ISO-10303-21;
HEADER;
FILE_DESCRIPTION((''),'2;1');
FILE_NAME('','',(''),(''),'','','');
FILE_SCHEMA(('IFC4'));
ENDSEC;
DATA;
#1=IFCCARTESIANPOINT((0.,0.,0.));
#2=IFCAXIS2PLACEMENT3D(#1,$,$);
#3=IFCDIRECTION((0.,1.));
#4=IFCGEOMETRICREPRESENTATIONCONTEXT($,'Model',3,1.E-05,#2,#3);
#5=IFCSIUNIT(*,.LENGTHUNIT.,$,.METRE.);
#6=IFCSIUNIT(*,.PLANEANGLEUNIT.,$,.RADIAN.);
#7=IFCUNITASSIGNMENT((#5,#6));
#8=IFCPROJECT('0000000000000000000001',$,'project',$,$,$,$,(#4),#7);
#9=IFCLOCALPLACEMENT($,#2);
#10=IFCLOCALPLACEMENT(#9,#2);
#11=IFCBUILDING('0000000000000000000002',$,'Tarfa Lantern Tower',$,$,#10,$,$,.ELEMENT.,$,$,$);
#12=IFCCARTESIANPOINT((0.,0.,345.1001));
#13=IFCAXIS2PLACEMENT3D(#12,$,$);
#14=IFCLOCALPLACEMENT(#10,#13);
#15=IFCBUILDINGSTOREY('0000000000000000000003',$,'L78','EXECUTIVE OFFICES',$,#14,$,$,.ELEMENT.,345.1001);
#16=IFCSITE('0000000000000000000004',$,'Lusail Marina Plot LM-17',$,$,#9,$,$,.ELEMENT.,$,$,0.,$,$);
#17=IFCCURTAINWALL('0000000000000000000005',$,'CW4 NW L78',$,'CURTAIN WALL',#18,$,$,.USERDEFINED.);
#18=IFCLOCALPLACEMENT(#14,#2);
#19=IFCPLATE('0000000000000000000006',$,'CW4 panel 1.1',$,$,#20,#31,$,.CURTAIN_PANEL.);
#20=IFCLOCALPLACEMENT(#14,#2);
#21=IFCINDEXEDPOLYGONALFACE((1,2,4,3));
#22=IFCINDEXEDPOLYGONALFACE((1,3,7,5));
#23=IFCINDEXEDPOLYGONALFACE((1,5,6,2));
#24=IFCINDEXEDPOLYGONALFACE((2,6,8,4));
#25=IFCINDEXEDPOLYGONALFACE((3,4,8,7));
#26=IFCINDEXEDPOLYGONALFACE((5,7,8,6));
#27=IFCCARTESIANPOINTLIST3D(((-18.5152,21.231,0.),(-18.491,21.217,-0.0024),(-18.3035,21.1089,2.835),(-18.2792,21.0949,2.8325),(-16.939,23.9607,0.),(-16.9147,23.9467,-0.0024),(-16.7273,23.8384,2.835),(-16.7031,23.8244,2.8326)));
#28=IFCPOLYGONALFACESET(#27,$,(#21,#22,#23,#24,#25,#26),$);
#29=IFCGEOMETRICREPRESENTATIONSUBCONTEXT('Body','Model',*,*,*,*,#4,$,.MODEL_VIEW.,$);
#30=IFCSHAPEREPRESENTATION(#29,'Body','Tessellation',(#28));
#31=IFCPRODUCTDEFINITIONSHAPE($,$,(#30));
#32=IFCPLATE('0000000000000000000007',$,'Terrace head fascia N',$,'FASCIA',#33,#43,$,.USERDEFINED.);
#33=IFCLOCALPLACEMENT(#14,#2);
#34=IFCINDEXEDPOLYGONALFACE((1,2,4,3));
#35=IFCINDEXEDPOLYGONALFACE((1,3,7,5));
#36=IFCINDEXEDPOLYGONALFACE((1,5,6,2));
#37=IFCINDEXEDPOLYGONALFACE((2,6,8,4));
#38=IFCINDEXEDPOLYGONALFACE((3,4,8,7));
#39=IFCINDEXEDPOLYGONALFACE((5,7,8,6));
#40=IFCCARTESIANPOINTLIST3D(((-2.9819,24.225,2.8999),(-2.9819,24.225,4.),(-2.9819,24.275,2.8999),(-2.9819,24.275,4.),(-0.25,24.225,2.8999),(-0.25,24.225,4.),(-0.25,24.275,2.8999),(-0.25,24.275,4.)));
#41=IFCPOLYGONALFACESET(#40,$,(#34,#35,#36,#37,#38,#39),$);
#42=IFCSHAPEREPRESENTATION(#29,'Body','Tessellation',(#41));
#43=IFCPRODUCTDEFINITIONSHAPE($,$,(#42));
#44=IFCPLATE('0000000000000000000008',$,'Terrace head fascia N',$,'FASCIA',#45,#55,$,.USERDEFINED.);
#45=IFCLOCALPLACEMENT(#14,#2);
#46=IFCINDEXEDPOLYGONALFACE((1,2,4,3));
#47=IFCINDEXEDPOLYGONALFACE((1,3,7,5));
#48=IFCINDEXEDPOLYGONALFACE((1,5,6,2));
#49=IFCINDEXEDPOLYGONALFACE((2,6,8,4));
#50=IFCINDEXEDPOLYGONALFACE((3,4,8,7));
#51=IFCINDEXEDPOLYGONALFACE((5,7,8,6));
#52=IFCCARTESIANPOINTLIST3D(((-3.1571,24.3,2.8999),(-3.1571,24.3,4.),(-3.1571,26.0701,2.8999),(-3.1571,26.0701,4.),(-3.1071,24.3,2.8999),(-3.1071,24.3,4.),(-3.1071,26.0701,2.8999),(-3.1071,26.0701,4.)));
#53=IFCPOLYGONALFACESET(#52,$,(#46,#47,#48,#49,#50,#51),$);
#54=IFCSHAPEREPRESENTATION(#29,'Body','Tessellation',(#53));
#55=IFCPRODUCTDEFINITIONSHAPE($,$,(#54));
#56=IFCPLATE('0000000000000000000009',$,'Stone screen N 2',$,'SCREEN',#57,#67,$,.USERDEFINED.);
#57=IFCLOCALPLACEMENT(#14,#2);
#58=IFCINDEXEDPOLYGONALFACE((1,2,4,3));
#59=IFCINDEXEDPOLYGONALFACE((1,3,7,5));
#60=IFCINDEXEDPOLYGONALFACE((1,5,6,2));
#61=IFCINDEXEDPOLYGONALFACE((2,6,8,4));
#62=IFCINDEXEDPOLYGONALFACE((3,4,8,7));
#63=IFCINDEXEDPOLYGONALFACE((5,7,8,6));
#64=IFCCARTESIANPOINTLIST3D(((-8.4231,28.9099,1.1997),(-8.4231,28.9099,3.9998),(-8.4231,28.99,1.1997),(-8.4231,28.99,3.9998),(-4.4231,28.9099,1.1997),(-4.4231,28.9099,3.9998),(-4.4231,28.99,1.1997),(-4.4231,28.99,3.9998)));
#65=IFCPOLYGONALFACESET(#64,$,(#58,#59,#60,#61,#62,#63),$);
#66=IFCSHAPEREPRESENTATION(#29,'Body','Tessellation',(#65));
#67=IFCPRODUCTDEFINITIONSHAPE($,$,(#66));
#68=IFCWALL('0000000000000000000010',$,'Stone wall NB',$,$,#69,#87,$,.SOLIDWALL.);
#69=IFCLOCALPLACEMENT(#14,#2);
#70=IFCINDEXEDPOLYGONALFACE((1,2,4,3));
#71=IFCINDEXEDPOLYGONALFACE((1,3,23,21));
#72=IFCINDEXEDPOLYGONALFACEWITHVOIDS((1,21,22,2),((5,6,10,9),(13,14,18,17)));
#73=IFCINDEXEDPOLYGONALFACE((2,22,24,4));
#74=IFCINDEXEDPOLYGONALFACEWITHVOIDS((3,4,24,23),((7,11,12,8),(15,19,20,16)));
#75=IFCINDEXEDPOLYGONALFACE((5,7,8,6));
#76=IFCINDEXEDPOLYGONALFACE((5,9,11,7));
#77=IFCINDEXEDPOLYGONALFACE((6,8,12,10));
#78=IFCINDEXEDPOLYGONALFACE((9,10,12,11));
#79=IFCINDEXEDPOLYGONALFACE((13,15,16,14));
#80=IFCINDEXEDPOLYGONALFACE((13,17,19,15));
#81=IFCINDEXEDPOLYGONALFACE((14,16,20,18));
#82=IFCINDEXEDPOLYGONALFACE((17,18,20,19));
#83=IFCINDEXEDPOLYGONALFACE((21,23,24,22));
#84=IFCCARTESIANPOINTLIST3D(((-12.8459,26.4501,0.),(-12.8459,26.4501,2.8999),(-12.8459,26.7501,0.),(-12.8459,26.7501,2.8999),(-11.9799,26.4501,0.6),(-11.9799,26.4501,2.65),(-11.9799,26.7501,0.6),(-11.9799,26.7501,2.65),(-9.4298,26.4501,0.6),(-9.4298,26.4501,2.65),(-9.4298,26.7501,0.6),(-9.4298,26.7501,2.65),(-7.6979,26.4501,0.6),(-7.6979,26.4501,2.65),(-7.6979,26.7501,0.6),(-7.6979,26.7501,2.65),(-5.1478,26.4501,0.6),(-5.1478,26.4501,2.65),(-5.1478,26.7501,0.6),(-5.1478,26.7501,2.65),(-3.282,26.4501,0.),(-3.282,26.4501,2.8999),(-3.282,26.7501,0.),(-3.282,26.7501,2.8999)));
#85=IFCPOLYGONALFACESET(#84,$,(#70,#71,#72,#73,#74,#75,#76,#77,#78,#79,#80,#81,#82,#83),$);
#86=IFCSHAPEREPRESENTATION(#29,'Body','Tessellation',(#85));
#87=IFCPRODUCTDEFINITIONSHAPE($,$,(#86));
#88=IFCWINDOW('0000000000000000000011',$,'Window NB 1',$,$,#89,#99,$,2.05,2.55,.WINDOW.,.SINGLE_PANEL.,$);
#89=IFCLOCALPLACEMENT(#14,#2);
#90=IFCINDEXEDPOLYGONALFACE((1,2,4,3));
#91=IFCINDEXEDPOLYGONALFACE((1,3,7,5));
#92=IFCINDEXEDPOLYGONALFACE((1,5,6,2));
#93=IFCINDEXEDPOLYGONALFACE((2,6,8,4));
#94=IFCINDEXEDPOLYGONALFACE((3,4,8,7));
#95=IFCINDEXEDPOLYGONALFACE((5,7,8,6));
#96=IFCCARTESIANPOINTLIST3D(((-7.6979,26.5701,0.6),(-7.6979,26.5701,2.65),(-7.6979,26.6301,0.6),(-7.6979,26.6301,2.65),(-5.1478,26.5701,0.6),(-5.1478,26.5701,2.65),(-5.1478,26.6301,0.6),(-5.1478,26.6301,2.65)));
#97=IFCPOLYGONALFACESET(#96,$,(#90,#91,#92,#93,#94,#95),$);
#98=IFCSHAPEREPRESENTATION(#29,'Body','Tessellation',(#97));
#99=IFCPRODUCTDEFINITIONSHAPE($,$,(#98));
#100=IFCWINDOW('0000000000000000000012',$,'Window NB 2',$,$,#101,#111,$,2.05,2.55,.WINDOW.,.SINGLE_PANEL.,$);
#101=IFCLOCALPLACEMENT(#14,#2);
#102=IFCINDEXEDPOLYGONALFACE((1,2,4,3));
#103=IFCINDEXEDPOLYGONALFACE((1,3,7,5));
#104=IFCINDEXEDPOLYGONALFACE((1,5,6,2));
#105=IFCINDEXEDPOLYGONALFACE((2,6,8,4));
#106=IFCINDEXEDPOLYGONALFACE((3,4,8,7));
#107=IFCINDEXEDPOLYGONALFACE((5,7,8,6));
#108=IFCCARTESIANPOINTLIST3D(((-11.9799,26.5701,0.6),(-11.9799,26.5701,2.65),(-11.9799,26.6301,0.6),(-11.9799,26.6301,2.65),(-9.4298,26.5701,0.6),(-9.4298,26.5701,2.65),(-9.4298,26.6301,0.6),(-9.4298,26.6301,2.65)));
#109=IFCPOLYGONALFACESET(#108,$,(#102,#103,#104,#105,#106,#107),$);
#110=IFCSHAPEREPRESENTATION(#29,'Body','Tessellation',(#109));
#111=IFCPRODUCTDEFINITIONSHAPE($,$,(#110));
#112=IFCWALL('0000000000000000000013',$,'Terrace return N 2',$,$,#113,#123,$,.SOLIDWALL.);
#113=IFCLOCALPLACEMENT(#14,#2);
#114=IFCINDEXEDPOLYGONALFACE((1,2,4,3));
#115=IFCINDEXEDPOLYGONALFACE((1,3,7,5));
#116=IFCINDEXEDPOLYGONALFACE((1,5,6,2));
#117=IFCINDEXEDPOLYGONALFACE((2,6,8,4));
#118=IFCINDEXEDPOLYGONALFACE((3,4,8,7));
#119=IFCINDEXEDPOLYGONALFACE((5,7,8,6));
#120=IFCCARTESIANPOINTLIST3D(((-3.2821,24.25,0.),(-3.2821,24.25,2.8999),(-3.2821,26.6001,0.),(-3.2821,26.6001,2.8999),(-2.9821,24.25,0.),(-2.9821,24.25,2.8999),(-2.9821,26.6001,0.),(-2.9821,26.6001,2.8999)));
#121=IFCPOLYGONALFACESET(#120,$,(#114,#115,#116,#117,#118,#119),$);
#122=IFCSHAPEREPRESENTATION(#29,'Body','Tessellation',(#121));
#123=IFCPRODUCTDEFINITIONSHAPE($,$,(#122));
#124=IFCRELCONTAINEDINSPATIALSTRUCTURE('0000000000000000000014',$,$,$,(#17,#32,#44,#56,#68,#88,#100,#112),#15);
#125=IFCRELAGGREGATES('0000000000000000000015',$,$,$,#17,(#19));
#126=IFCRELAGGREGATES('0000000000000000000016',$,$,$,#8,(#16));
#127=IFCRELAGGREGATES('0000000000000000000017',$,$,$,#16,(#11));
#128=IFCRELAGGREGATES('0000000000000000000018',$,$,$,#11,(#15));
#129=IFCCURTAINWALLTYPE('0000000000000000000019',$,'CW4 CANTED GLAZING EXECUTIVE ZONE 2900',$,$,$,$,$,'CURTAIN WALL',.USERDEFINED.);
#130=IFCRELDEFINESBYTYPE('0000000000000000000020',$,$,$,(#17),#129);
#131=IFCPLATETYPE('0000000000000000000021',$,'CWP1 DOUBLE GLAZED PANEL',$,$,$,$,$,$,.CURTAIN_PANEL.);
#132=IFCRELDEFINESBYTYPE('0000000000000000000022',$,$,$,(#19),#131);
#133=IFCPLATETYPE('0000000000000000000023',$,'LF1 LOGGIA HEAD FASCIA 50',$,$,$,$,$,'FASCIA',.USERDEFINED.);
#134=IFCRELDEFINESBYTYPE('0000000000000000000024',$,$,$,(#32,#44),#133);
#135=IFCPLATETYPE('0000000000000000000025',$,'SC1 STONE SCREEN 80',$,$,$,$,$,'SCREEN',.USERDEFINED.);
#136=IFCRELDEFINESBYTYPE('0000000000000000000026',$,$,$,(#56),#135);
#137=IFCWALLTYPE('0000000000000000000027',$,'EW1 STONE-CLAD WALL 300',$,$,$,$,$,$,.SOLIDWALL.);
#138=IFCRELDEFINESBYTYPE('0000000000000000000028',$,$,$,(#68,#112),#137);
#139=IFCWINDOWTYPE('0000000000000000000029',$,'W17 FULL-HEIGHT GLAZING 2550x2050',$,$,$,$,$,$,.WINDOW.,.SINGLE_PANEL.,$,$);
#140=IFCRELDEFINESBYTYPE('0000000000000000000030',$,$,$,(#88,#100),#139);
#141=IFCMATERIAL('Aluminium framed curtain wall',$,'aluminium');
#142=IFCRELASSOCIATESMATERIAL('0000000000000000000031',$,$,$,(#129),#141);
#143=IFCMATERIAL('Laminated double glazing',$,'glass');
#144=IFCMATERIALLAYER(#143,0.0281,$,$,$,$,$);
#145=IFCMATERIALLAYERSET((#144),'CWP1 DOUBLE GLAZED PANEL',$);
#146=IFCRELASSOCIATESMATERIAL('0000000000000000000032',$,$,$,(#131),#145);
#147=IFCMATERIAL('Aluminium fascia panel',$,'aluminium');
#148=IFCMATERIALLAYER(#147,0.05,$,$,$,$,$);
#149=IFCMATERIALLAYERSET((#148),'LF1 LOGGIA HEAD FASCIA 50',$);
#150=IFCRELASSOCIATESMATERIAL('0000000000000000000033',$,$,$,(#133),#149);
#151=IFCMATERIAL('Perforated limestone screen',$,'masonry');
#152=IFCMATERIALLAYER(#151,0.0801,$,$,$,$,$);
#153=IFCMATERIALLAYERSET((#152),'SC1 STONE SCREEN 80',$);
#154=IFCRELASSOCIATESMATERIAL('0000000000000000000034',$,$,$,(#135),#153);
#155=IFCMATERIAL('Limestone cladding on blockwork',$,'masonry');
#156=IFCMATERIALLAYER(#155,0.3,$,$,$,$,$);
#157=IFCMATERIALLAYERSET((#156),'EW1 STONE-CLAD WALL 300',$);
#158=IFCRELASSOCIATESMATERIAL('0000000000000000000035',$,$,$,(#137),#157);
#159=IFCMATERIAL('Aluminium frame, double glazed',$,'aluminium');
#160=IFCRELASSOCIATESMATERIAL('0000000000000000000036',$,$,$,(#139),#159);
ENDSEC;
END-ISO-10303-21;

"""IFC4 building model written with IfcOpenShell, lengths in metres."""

from ifc_helpers import new_model, si_unit, direction, frame, frame_2d, origin, origin_2d, place, context, subcontext, project, spatial, polyline, rectangle, outline, extrude, material, layer, layer_set, type_object, element, fill, aggregate, save


model = new_model("IFC4")

# Units and contexts
model_context = context("Model", 3, precision=1e-05, world=origin(), true_north=direction((0.0, 1.0)))
body_context = subcontext(model_context, "Body", "Model", "MODEL_VIEW")
ifc_project = project(units=[si_unit("LENGTHUNIT", "METRE"), si_unit("PLANEANGLEUNIT", "RADIAN")], contexts=[model_context])

# Site, building, storey
site_placement = place(None, origin())
site = spatial("IfcSite", under=ifc_project, at=site_placement, Name="Lusail Marina Plot LM-17", CompositionType="ELEMENT", RefElevation=0.0)
building_placement = place(site_placement, origin())
building = spatial("IfcBuilding", under=site, at=building_placement, Name="Tarfa Lantern Tower", CompositionType="ELEMENT")
storey_placement = place(building_placement, frame((0.0, 0.0, 345.1001)))
storey = spatial("IfcBuildingStorey", under=building, at=storey_placement, Name="L78", Description="EXECUTIVE OFFICES", CompositionType="ELEMENT", Elevation=345.1001)

# Curtain wall
ifc_material_1 = material(Name="Aluminium framed curtain wall", Category="aluminium")
curtain_wall_type = type_object("IfcCurtainWallType", Name="CW4 CANTED GLAZING EXECUTIVE ZONE 2900", ElementType="CURTAIN WALL", PredefinedType="USERDEFINED", material=ifc_material_1)
curtain_wall_placement = place(storey_placement, origin())
curtain_wall = element("IfcCurtainWall", 1, at=curtain_wall_placement, inside=storey, type_object=curtain_wall_type, Name="CW4 NW L78", ObjectType="CURTAIN WALL", PredefinedType="USERDEFINED")

# Plate
ifc_material_2 = material(Name="Laminated double glazing", Category="glass")
ifc_layer_1 = layer(ifc_material_2, 0.0281)
ifc_layer_set_1 = layer_set([ifc_layer_1], Name="CWP1 DOUBLE GLAZED PANEL")
plate_type_1 = type_object("IfcPlateType", Name="CWP1 DOUBLE GLAZED PANEL", PredefinedType="CURTAIN_PANEL", material=ifc_layer_set_1)
plate_1_placement = place(storey_placement, frame((-16.939, 23.9607, 0.0), z_axis=(-0.862794, 0.498206, 0.085893), x_axis=(-0.500054, -0.865994, 0.000002)))
plate_1 = element("IfcPlate", 2, at=plate_1_placement, type_object=plate_type_1, Name="CW4 panel 1.1", PredefinedType="CURTAIN_PANEL", context=body_context, shape_type="SweptSolid", body=[
    extrude(outline(polyline([(0.0, 0.0), (3.1521, 0.0), (3.152, 2.8455), (0.0001, 2.8455), (0.0, 0.0)])), origin(), (0.0, 0.0, -1.0), 0.0281),
])
aggregate(curtain_wall, [plate_1])

# Plates
ifc_material_3 = material(Name="Aluminium fascia panel", Category="aluminium")
ifc_layer_2 = layer(ifc_material_3, 0.05)
ifc_layer_set_2 = layer_set([ifc_layer_2], Name="LF1 LOGGIA HEAD FASCIA 50")
plate_type_2 = type_object("IfcPlateType", Name="LF1 LOGGIA HEAD FASCIA 50", ElementType="FASCIA", PredefinedType="USERDEFINED", material=ifc_layer_set_2)
plate_2_placement = place(storey_placement, frame((-1.616, 24.25, 2.8999), z_axis=(0.0, 0.0, 1.0), x_axis=(-1.0, 0.0, 0.0)))
element("IfcPlate", 3, at=plate_2_placement, inside=storey, type_object=plate_type_2, Name="Terrace head fascia N", ObjectType="FASCIA", PredefinedType="USERDEFINED", context=body_context, shape_type="SweptSolid", body=[
    extrude(rectangle(XDim=2.7319, YDim=0.05, at=origin_2d()), origin(), (0.0, 0.0, 1.0), 1.1001),
])
plate_3_placement = place(storey_placement, frame((-3.1321, 25.1851, 2.8999), z_axis=(0.0, 0.0, 1.0), x_axis=(0.0, -1.0, 0.0)))
element("IfcPlate", 4, at=plate_3_placement, inside=storey, type_object=plate_type_2, Name="Terrace head fascia N", ObjectType="FASCIA", PredefinedType="USERDEFINED", context=body_context, shape_type="SweptSolid", body=[
    extrude(rectangle(XDim=1.77, YDim=0.05, at=origin_2d()), origin(), (0.0, 0.0, 1.0), 1.1001),
])
ifc_material_4 = material(Name="Perforated limestone screen", Category="masonry")
ifc_layer_3 = layer(ifc_material_4, 0.0801)
ifc_layer_set_3 = layer_set([ifc_layer_3], Name="SC1 STONE SCREEN 80")
plate_type_3 = type_object("IfcPlateType", Name="SC1 STONE SCREEN 80", ElementType="SCREEN", PredefinedType="USERDEFINED", material=ifc_layer_set_3)
plate_4_placement = place(storey_placement, frame((-6.4231, 28.95, 1.1997), z_axis=(0.0, 0.0, 1.0), x_axis=(-1.0, 0.0, 0.0)))
element("IfcPlate", 5, at=plate_4_placement, inside=storey, type_object=plate_type_3, Name="Stone screen N 2", ObjectType="SCREEN", PredefinedType="USERDEFINED", context=body_context, shape_type="SweptSolid", body=[
    extrude(rectangle(XDim=4.0, YDim=0.0801, at=origin_2d()), origin(), (0.0, 0.0, 1.0), 2.8),
])

# Wall, openings, windows
ifc_material_5 = material(Name="Limestone cladding on blockwork", Category="masonry")
ifc_layer_4 = layer(ifc_material_5, 0.3)
ifc_layer_set_4 = layer_set([ifc_layer_4], Name="EW1 STONE-CLAD WALL 300")
wall_type = type_object("IfcWallType", Name="EW1 STONE-CLAD WALL 300", PredefinedType="SOLIDWALL", material=ifc_layer_set_4)
wall_1_placement = place(storey_placement, frame((-3.282, 26.6001, 0.0), z_axis=(0.0, 0.0, 1.0), x_axis=(-1.0, 0.0, 0.0)))
wall_1 = element("IfcWall", 6, at=wall_1_placement, inside=storey, type_object=wall_type, Name="Stone wall NB", PredefinedType="SOLIDWALL", context=body_context, shape_type="SweptSolid", body=[
    extrude(rectangle(XDim=9.564, YDim=0.3, at=frame_2d((4.782, 0.0))), origin(), (0.0, 0.0, 1.0), 2.8999),
])
opening_1_placement = place(wall_1_placement, frame((1.866, 0.0, 0.6001)))
opening_1 = element("IfcOpeningElement", 7, at=opening_1_placement, cuts=wall_1, PredefinedType="OPENING", context=body_context, shape_type="SweptSolid", body=[
    extrude(rectangle(XDim=2.55, YDim=2.05, at=frame_2d((1.2749, 1.0249))), frame((0.0, 0.1599, 0.0), z_axis=(0.0, -1.0, 0.0), x_axis=(1.0, 0.0, 0.0)), (0.0, 0.0, 1.0), 0.3201),
])
opening_2_placement = place(wall_1_placement, frame((6.1479, 0.0, 0.6001)))
opening_2 = element("IfcOpeningElement", 8, at=opening_2_placement, cuts=wall_1, PredefinedType="OPENING", context=body_context, shape_type="SweptSolid", body=[
    extrude(rectangle(XDim=2.55, YDim=2.05, at=frame_2d((1.2749, 1.0249))), frame((0.0, 0.1599, 0.0), z_axis=(0.0, -1.0, 0.0), x_axis=(1.0, 0.0, 0.0)), (0.0, 0.0, 1.0), 0.3201),
])
ifc_material_6 = material(Name="Aluminium frame, double glazed", Category="aluminium")
window_type = type_object("IfcWindowType", Name="W17 FULL-HEIGHT GLAZING 2550x2050", PartitioningType="SINGLE_PANEL", PredefinedType="WINDOW", material=ifc_material_6)
window_1_placement = place(opening_1_placement, origin())
window_1 = element("IfcWindow", 9, at=window_1_placement, inside=storey, type_object=window_type, Name="Window NB 1", OverallHeight=2.05, OverallWidth=2.55, PartitioningType="SINGLE_PANEL", PredefinedType="WINDOW", context=body_context, shape_type="SweptSolid", body=[
    extrude(rectangle(XDim=2.55, YDim=2.05, at=frame_2d((1.2749, 1.0249))), frame((0.0, 0.03, 0.0), z_axis=(0.0, -1.0, 0.0), x_axis=(1.0, 0.0, 0.0)), (0.0, 0.0, 1.0), 0.0601),
])
fill(opening_1, window_1)
window_2_placement = place(opening_2_placement, origin())
window_2 = element("IfcWindow", 10, at=window_2_placement, inside=storey, type_object=window_type, Name="Window NB 2", OverallHeight=2.05, OverallWidth=2.55, PartitioningType="SINGLE_PANEL", PredefinedType="WINDOW", context=body_context, shape_type="SweptSolid", body=[
    extrude(rectangle(XDim=2.55, YDim=2.05, at=frame_2d((1.2749, 1.0249))), frame((0.0, 0.03, 0.0), z_axis=(0.0, -1.0, 0.0), x_axis=(1.0, 0.0, 0.0)), (0.0, 0.0, 1.0), 0.0601),
])
fill(opening_2, window_2)

# Wall
wall_2_placement = place(storey_placement, frame((-3.1321, 26.6001, 0.0), z_axis=(0.0, 0.0, 1.0), x_axis=(0.0, -1.0, 0.0)))
element("IfcWall", 11, at=wall_2_placement, inside=storey, type_object=wall_type, Name="Terrace return N 2", PredefinedType="SOLIDWALL", context=body_context, shape_type="SweptSolid", body=[
    extrude(rectangle(XDim=2.3501, YDim=0.3, at=frame_2d((1.175, 0.0))), origin(), (0.0, 0.0, 1.0), 2.8999),
])

save(model, "model.ifc")
